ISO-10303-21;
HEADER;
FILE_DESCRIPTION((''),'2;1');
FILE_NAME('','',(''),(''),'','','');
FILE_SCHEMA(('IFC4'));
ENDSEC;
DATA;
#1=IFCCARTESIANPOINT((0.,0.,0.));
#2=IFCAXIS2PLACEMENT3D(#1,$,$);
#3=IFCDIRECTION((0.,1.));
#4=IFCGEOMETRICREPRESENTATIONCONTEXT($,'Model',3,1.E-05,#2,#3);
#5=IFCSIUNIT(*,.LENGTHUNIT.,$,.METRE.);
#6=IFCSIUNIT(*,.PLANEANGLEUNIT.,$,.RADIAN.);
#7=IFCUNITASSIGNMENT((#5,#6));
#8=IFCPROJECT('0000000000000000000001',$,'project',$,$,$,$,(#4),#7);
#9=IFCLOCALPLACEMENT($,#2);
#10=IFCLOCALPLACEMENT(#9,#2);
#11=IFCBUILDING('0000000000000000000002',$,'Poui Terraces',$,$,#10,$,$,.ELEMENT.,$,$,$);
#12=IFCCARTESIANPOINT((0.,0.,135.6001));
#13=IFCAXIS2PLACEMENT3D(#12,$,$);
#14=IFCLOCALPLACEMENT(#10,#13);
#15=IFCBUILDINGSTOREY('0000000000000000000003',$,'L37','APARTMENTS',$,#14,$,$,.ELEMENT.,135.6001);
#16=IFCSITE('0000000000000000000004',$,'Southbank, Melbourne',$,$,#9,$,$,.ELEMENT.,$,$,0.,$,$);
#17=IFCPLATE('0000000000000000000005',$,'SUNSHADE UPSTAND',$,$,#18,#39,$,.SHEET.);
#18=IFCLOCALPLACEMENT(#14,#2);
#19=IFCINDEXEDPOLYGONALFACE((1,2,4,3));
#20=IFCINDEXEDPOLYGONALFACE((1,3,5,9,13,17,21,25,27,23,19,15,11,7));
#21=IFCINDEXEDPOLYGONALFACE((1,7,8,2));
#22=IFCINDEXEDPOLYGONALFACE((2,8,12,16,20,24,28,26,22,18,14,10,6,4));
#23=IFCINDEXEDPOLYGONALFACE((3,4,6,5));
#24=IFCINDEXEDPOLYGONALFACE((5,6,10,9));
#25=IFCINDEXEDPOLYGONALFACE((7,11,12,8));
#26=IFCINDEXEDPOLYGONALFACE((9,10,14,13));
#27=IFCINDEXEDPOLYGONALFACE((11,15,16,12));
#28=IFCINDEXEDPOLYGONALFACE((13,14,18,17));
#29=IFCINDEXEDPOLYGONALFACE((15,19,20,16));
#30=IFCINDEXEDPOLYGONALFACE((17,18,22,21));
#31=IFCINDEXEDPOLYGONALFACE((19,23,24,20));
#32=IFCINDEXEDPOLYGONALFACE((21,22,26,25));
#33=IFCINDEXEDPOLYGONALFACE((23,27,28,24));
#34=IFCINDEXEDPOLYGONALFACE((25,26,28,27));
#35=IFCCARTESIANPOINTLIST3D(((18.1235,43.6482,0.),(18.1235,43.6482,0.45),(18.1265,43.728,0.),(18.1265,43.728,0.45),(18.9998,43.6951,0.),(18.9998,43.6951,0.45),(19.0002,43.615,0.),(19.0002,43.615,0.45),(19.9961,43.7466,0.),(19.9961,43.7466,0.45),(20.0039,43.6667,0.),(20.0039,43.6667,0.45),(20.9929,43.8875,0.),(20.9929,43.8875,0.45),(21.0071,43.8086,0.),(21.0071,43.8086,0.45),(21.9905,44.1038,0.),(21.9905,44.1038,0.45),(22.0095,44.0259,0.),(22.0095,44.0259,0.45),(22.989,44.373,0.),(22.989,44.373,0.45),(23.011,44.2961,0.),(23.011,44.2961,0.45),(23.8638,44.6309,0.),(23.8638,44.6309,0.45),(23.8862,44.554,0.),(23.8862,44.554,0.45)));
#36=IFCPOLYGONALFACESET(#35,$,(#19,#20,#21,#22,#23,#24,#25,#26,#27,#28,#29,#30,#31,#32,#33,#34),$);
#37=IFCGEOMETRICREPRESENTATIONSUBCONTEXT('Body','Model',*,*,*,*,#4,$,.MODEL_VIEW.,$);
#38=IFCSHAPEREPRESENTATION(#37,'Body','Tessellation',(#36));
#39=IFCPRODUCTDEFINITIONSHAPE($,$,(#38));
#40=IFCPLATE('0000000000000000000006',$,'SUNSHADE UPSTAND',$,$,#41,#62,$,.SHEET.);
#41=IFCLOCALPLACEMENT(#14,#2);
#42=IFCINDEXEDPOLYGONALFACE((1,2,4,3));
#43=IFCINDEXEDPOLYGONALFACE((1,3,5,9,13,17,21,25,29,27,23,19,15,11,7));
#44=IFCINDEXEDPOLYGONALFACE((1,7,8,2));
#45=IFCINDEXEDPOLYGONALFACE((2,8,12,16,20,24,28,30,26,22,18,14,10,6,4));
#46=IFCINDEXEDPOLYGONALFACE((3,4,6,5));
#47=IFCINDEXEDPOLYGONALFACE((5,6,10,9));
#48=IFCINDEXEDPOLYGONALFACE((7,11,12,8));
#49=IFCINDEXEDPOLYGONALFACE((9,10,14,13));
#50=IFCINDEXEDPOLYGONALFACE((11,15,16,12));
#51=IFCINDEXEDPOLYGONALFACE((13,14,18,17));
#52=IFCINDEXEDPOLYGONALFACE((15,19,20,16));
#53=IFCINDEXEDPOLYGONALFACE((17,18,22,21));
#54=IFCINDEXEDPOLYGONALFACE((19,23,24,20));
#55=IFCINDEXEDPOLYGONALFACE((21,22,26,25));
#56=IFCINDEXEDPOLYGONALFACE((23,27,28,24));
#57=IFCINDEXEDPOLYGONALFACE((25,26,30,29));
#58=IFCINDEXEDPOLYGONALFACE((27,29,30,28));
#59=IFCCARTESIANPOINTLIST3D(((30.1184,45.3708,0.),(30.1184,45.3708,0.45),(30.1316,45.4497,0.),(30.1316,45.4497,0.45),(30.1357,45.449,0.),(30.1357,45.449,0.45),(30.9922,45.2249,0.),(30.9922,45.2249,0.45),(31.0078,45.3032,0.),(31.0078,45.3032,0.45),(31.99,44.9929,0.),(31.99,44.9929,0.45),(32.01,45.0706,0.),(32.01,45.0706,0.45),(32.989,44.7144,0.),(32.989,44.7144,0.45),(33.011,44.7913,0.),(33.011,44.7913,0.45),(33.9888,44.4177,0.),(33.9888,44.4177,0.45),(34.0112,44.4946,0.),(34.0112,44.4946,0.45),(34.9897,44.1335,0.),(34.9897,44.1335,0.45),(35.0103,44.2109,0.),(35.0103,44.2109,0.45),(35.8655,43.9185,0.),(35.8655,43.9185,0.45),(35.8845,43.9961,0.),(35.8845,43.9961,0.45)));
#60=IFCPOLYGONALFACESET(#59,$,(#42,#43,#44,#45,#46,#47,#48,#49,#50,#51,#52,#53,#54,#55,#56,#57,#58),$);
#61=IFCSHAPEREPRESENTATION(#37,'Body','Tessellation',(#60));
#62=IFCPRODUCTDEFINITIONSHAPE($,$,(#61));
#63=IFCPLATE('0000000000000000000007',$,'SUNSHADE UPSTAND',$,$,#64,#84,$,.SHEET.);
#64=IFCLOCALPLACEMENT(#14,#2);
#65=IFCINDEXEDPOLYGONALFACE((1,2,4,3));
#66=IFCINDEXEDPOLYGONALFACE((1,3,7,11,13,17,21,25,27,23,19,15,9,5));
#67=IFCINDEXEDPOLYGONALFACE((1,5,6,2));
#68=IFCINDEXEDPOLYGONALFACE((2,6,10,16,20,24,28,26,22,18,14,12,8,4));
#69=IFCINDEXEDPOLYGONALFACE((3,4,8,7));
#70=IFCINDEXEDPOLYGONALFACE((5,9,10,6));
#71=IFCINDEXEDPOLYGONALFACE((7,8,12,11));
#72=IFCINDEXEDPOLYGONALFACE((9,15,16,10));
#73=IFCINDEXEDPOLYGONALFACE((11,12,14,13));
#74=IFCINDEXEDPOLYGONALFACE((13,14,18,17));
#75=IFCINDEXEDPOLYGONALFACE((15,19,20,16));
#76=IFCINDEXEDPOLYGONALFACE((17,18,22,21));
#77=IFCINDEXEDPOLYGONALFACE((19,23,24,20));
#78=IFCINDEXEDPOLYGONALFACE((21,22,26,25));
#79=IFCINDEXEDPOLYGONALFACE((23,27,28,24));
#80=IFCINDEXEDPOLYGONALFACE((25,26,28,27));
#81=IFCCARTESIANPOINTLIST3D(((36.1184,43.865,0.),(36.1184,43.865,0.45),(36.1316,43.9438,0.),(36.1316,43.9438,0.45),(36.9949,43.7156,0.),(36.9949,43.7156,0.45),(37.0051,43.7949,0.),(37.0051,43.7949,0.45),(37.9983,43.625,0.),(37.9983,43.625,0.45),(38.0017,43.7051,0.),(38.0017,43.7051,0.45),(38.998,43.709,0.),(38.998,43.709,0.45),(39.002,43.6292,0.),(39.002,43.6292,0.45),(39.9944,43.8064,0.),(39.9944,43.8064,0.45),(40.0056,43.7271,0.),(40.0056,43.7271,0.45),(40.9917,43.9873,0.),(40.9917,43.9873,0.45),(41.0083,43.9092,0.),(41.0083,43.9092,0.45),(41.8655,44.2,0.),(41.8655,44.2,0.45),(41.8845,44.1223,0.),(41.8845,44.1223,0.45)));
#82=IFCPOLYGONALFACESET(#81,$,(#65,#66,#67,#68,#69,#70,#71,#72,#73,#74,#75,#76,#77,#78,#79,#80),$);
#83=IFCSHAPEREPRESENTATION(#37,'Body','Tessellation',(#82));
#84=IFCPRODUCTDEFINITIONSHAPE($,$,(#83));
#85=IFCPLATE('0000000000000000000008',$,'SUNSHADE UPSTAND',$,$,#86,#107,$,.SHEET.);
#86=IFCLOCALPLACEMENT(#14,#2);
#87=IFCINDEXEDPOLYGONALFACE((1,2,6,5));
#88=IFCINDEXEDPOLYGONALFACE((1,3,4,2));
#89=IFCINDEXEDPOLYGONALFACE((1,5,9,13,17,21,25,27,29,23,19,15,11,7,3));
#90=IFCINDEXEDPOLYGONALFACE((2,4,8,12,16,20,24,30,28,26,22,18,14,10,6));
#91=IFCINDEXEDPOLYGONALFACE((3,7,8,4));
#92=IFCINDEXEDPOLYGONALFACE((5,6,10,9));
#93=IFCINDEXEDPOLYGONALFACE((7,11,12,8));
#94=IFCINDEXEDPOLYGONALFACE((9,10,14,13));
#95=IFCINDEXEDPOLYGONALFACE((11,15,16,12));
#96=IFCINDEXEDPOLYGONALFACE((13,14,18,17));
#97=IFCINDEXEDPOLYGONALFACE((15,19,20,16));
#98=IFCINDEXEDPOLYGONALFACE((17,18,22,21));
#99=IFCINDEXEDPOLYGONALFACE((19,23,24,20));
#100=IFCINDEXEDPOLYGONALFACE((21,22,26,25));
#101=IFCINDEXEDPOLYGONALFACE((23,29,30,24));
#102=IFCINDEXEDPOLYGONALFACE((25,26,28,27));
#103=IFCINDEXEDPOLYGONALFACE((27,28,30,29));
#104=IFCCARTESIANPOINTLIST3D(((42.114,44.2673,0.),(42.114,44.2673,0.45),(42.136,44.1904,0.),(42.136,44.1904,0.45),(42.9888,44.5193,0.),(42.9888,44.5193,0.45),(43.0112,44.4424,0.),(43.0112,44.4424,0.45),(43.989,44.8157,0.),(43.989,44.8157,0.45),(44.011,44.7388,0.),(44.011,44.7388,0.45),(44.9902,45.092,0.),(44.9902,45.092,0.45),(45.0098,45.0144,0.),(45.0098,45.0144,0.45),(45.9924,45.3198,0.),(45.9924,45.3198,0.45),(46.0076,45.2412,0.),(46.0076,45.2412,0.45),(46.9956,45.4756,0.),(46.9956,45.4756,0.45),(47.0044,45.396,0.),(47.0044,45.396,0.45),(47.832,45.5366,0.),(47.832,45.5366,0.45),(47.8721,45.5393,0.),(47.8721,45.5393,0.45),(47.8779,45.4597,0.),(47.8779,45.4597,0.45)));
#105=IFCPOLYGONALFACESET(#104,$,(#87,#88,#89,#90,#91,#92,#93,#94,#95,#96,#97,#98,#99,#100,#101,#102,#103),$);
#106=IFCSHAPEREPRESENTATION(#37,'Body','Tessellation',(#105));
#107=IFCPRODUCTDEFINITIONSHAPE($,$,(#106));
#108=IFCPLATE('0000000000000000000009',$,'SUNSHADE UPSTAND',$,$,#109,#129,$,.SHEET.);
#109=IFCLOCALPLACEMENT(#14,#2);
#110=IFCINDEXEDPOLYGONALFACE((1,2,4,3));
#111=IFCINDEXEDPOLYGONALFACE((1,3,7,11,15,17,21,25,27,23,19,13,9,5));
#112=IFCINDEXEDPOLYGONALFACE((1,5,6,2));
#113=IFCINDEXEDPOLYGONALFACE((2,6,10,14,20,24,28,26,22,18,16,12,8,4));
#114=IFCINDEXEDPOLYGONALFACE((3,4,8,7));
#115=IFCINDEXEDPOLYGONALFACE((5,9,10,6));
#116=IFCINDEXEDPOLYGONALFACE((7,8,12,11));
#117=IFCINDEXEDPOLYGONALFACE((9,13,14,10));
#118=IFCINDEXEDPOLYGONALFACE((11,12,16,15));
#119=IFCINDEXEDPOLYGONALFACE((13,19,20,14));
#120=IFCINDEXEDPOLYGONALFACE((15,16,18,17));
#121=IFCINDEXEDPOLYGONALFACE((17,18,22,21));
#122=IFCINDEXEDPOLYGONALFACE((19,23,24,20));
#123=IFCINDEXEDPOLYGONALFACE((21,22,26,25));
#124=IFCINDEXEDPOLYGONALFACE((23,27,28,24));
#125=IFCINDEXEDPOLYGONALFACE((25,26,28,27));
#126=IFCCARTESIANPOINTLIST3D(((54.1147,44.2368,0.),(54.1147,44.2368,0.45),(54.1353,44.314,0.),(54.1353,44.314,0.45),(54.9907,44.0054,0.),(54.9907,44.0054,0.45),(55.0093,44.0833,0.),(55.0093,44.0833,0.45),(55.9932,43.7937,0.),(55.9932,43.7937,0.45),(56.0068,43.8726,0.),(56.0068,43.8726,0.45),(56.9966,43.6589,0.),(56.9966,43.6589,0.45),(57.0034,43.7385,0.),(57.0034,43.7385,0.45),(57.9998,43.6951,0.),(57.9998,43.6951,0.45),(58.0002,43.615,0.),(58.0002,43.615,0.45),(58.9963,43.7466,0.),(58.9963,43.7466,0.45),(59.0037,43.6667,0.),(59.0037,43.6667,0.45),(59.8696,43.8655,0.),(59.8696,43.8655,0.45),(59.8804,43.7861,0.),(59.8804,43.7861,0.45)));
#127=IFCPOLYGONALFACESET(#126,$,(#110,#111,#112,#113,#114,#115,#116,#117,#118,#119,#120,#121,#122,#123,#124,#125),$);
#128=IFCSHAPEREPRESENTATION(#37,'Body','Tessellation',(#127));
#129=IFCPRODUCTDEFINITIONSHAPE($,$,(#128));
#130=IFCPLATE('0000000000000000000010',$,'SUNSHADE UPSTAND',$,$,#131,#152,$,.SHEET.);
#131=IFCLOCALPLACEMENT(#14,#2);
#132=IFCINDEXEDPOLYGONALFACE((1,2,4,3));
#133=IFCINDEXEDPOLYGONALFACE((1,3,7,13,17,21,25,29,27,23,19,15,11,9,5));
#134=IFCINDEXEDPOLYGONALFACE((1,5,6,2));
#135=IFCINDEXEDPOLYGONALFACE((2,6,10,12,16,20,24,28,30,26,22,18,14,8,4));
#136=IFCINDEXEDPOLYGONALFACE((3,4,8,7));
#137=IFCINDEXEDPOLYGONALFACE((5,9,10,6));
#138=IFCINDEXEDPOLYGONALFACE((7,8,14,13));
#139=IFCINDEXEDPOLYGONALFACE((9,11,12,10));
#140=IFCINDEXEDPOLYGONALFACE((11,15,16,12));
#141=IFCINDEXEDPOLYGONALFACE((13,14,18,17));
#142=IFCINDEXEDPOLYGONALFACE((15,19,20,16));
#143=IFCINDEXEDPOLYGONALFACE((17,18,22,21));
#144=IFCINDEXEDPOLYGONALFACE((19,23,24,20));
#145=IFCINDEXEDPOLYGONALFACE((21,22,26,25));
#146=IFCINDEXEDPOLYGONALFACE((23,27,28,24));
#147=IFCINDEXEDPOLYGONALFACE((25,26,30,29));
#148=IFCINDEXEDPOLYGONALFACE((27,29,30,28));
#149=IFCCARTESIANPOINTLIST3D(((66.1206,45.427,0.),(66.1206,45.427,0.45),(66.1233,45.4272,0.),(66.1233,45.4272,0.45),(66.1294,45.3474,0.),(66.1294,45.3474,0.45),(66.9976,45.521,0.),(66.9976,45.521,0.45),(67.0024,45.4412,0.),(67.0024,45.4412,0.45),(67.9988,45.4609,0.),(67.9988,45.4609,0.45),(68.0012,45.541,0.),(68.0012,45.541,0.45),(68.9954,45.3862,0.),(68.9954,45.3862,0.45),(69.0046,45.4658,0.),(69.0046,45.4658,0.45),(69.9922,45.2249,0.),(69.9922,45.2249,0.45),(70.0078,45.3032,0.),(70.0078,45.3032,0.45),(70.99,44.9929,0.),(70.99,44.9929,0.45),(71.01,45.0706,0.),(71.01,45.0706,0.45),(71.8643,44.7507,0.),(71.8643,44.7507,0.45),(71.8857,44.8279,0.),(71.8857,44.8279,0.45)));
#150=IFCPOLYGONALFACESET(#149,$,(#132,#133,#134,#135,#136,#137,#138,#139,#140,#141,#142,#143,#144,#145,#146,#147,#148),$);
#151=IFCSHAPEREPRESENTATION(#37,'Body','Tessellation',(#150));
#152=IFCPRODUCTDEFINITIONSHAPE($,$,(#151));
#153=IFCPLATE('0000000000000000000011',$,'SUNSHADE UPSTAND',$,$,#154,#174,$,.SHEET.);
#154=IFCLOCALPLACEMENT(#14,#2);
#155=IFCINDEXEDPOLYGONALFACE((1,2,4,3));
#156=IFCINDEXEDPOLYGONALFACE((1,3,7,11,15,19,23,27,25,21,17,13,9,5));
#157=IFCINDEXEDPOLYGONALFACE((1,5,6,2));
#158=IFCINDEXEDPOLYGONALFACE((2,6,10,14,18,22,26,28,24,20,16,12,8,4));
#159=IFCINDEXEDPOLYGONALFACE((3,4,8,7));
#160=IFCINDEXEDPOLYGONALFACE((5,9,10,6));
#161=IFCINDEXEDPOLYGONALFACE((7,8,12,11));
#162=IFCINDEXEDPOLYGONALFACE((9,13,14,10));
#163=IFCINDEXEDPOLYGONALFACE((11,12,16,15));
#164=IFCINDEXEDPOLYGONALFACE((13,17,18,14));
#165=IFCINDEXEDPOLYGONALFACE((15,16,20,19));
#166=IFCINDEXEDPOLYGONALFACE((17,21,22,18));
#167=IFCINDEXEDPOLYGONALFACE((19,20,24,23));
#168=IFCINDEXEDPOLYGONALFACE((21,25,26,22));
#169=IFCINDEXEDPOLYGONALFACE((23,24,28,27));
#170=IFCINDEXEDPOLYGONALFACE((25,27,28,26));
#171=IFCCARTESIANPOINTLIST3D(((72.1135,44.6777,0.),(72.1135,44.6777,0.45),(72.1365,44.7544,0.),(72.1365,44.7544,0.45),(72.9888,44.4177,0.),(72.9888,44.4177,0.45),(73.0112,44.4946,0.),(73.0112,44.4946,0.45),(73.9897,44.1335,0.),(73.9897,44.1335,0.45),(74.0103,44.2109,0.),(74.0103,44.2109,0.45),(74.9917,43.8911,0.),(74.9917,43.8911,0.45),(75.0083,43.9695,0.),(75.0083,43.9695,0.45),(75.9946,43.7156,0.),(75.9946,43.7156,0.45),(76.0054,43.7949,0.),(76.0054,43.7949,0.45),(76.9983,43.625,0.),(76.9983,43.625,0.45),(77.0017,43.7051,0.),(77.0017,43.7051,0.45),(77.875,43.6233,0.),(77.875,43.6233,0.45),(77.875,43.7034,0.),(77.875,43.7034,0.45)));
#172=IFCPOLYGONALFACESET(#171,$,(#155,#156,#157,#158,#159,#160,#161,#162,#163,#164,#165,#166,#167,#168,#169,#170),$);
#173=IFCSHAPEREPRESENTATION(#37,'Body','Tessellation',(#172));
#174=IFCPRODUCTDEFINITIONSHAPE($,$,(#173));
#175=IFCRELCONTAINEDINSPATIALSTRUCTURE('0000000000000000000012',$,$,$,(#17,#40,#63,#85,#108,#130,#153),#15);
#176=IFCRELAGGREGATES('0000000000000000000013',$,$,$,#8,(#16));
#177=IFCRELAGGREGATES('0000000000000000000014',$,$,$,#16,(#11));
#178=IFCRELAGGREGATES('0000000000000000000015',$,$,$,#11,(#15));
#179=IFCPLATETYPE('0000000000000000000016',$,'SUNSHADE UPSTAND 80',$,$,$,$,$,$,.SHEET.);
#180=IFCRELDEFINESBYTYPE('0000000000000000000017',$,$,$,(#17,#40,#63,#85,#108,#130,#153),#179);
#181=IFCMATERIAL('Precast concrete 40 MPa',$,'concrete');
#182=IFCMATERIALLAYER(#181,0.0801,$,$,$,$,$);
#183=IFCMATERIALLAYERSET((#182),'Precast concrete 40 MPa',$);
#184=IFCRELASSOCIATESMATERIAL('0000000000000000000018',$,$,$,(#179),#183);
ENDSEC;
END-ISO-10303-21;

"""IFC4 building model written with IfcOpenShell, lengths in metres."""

from ifc_helpers import new_model, si_unit, direction, frame, origin, place, context, subcontext, project, spatial, polyline, outline, extrude, material, layer, layer_set, type_object, element, save


model = new_model("IFC4")

# Units and contexts
model_context = context("Model", 3, precision=1e-05, world=origin(), true_north=direction((0.0, 1.0)))
body_context = subcontext(model_context, "Body", "Model", "MODEL_VIEW")
ifc_project = project(units=[si_unit("LENGTHUNIT", "METRE"), si_unit("PLANEANGLEUNIT", "RADIAN")], contexts=[model_context])

# Site, building, storey
site_placement = place(None, origin())
site = spatial("IfcSite", under=ifc_project, at=site_placement, Name="Southbank, Melbourne", CompositionType="ELEMENT", RefElevation=0.0)
building_placement = place(site_placement, origin())
building = spatial("IfcBuilding", under=site, at=building_placement, Name="Poui Terraces", CompositionType="ELEMENT")
storey_placement = place(building_placement, frame((0.0, 0.0, 135.6001)))
storey = spatial("IfcBuildingStorey", under=building, at=storey_placement, Name="L37", Description="APARTMENTS", CompositionType="ELEMENT", Elevation=135.6001)

# Shared definitions
ifc_material_1 = material(Name="Precast concrete 40 MPa", Category="concrete")

# Plates
ifc_layer_1 = layer(ifc_material_1, 0.0801)
ifc_layer_set_1 = layer_set([ifc_layer_1], Name="Precast concrete 40 MPa")
plate_type = type_object("IfcPlateType", Name="SUNSHADE UPSTAND 80", PredefinedType="SHEET", material=ifc_layer_set_1)
plate_1_placement = place(storey_placement, origin())
element("IfcPlate", 1, at=plate_1_placement, inside=storey, type_object=plate_type, Name="SUNSHADE UPSTAND", PredefinedType="SHEET", context=body_context, shape_type="SweptSolid", body=[
    extrude(outline(polyline([(18.9998, 43.6951), (18.1265, 43.728), (18.1235, 43.6482), (19.0002, 43.615), (20.0039, 43.6667), (21.0071, 43.8086), (22.0095, 44.0259), (23.011, 44.2961), (23.8862, 44.554), (23.8638, 44.6309), (22.989, 44.373), (21.9905, 44.1038), (20.9929, 43.8875), (19.9961, 43.7466), (18.9998, 43.6951)])), origin(), (0.0, 0.0, 1.0), 0.45),
])
plate_2_placement = place(storey_placement, origin())
element("IfcPlate", 2, at=plate_2_placement, inside=storey, type_object=plate_type, Name="SUNSHADE UPSTAND", PredefinedType="SHEET", context=body_context, shape_type="SweptSolid", body=[
    extrude(outline(polyline([(31.0078, 45.3032), (30.1357, 45.449), (30.1316, 45.4497), (30.1184, 45.3708), (30.9922, 45.2249), (31.99, 44.9929), (32.989, 44.7144), (33.9888, 44.4177), (34.9897, 44.1335), (35.8655, 43.9185), (35.8845, 43.9961), (35.0103, 44.2109), (34.0112, 44.4946), (33.011, 44.7913), (32.01, 45.0706), (31.0078, 45.3032)])), origin(), (0.0, 0.0, 1.0), 0.45),
])
plate_3_placement = place(storey_placement, origin())
element("IfcPlate", 3, at=plate_3_placement, inside=storey, type_object=plate_type, Name="SUNSHADE UPSTAND", PredefinedType="SHEET", context=body_context, shape_type="SweptSolid", body=[
    extrude(outline(polyline([(37.0051, 43.7949), (36.1316, 43.9438), (36.1184, 43.865), (36.9949, 43.7156), (37.9983, 43.625), (39.002, 43.6292), (40.0056, 43.7271), (41.0083, 43.9092), (41.8845, 44.1223), (41.8655, 44.2), (40.9917, 43.9873), (39.9944, 43.8064), (38.998, 43.709), (38.0017, 43.7051), (37.0051, 43.7949)])), origin(), (0.0, 0.0, 1.0), 0.45),
])
plate_4_placement = place(storey_placement, origin())
element("IfcPlate", 4, at=plate_4_placement, inside=storey, type_object=plate_type, Name="SUNSHADE UPSTAND", PredefinedType="SHEET", context=body_context, shape_type="SweptSolid", body=[
    extrude(outline(polyline([(42.9888, 44.5193), (42.114, 44.2673), (42.136, 44.1904), (43.0112, 44.4424), (44.011, 44.7388), (45.0098, 45.0144), (46.0076, 45.2412), (47.0044, 45.396), (47.8779, 45.4597), (47.8721, 45.5393), (47.832, 45.5366), (46.9956, 45.4756), (45.9924, 45.3198), (44.9902, 45.092), (43.989, 44.8157), (42.9888, 44.5193)])), origin(), (0.0, 0.0, 1.0), 0.45),
])
plate_5_placement = place(storey_placement, origin())
element("IfcPlate", 5, at=plate_5_placement, inside=storey, type_object=plate_type, Name="SUNSHADE UPSTAND", PredefinedType="SHEET", context=body_context, shape_type="SweptSolid", body=[
    extrude(outline(polyline([(55.0093, 44.0833), (54.1353, 44.314), (54.1147, 44.2368), (54.9907, 44.0054), (55.9932, 43.7937), (56.9966, 43.6589), (58.0002, 43.615), (59.0037, 43.6667), (59.8804, 43.7861), (59.8696, 43.8655), (58.9963, 43.7466), (57.9998, 43.6951), (57.0034, 43.7385), (56.0068, 43.8726), (55.0093, 44.0833)])), origin(), (0.0, 0.0, 1.0), 0.45),
])
plate_6_placement = place(storey_placement, origin())
element("IfcPlate", 6, at=plate_6_placement, inside=storey, type_object=plate_type, Name="SUNSHADE UPSTAND", PredefinedType="SHEET", context=body_context, shape_type="SweptSolid", body=[
    extrude(outline(polyline([(66.9976, 45.521), (66.1233, 45.4272), (66.1206, 45.427), (66.1294, 45.3474), (67.0024, 45.4412), (67.9988, 45.4609), (68.9954, 45.3862), (69.9922, 45.2249), (70.99, 44.9929), (71.8643, 44.7507), (71.8857, 44.8279), (71.01, 45.0706), (70.0078, 45.3032), (69.0046, 45.4658), (68.0012, 45.541), (66.9976, 45.521)])), origin(), (0.0, 0.0, 1.0), 0.45),
])
plate_7_placement = place(storey_placement, origin())
element("IfcPlate", 7, at=plate_7_placement, inside=storey, type_object=plate_type, Name="SUNSHADE UPSTAND", PredefinedType="SHEET", context=body_context, shape_type="SweptSolid", body=[
    extrude(outline(polyline([(73.0112, 44.4946), (72.1365, 44.7544), (72.1135, 44.6777), (72.9888, 44.4177), (73.9897, 44.1335), (74.9917, 43.8911), (75.9946, 43.7156), (76.9983, 43.625), (77.875, 43.6233), (77.875, 43.7034), (77.0017, 43.7051), (76.0054, 43.7949), (75.0083, 43.9695), (74.0103, 44.2109), (73.0112, 44.4946)])), origin(), (0.0, 0.0, 1.0), 0.45),
])

save(model, "model.ifc")
